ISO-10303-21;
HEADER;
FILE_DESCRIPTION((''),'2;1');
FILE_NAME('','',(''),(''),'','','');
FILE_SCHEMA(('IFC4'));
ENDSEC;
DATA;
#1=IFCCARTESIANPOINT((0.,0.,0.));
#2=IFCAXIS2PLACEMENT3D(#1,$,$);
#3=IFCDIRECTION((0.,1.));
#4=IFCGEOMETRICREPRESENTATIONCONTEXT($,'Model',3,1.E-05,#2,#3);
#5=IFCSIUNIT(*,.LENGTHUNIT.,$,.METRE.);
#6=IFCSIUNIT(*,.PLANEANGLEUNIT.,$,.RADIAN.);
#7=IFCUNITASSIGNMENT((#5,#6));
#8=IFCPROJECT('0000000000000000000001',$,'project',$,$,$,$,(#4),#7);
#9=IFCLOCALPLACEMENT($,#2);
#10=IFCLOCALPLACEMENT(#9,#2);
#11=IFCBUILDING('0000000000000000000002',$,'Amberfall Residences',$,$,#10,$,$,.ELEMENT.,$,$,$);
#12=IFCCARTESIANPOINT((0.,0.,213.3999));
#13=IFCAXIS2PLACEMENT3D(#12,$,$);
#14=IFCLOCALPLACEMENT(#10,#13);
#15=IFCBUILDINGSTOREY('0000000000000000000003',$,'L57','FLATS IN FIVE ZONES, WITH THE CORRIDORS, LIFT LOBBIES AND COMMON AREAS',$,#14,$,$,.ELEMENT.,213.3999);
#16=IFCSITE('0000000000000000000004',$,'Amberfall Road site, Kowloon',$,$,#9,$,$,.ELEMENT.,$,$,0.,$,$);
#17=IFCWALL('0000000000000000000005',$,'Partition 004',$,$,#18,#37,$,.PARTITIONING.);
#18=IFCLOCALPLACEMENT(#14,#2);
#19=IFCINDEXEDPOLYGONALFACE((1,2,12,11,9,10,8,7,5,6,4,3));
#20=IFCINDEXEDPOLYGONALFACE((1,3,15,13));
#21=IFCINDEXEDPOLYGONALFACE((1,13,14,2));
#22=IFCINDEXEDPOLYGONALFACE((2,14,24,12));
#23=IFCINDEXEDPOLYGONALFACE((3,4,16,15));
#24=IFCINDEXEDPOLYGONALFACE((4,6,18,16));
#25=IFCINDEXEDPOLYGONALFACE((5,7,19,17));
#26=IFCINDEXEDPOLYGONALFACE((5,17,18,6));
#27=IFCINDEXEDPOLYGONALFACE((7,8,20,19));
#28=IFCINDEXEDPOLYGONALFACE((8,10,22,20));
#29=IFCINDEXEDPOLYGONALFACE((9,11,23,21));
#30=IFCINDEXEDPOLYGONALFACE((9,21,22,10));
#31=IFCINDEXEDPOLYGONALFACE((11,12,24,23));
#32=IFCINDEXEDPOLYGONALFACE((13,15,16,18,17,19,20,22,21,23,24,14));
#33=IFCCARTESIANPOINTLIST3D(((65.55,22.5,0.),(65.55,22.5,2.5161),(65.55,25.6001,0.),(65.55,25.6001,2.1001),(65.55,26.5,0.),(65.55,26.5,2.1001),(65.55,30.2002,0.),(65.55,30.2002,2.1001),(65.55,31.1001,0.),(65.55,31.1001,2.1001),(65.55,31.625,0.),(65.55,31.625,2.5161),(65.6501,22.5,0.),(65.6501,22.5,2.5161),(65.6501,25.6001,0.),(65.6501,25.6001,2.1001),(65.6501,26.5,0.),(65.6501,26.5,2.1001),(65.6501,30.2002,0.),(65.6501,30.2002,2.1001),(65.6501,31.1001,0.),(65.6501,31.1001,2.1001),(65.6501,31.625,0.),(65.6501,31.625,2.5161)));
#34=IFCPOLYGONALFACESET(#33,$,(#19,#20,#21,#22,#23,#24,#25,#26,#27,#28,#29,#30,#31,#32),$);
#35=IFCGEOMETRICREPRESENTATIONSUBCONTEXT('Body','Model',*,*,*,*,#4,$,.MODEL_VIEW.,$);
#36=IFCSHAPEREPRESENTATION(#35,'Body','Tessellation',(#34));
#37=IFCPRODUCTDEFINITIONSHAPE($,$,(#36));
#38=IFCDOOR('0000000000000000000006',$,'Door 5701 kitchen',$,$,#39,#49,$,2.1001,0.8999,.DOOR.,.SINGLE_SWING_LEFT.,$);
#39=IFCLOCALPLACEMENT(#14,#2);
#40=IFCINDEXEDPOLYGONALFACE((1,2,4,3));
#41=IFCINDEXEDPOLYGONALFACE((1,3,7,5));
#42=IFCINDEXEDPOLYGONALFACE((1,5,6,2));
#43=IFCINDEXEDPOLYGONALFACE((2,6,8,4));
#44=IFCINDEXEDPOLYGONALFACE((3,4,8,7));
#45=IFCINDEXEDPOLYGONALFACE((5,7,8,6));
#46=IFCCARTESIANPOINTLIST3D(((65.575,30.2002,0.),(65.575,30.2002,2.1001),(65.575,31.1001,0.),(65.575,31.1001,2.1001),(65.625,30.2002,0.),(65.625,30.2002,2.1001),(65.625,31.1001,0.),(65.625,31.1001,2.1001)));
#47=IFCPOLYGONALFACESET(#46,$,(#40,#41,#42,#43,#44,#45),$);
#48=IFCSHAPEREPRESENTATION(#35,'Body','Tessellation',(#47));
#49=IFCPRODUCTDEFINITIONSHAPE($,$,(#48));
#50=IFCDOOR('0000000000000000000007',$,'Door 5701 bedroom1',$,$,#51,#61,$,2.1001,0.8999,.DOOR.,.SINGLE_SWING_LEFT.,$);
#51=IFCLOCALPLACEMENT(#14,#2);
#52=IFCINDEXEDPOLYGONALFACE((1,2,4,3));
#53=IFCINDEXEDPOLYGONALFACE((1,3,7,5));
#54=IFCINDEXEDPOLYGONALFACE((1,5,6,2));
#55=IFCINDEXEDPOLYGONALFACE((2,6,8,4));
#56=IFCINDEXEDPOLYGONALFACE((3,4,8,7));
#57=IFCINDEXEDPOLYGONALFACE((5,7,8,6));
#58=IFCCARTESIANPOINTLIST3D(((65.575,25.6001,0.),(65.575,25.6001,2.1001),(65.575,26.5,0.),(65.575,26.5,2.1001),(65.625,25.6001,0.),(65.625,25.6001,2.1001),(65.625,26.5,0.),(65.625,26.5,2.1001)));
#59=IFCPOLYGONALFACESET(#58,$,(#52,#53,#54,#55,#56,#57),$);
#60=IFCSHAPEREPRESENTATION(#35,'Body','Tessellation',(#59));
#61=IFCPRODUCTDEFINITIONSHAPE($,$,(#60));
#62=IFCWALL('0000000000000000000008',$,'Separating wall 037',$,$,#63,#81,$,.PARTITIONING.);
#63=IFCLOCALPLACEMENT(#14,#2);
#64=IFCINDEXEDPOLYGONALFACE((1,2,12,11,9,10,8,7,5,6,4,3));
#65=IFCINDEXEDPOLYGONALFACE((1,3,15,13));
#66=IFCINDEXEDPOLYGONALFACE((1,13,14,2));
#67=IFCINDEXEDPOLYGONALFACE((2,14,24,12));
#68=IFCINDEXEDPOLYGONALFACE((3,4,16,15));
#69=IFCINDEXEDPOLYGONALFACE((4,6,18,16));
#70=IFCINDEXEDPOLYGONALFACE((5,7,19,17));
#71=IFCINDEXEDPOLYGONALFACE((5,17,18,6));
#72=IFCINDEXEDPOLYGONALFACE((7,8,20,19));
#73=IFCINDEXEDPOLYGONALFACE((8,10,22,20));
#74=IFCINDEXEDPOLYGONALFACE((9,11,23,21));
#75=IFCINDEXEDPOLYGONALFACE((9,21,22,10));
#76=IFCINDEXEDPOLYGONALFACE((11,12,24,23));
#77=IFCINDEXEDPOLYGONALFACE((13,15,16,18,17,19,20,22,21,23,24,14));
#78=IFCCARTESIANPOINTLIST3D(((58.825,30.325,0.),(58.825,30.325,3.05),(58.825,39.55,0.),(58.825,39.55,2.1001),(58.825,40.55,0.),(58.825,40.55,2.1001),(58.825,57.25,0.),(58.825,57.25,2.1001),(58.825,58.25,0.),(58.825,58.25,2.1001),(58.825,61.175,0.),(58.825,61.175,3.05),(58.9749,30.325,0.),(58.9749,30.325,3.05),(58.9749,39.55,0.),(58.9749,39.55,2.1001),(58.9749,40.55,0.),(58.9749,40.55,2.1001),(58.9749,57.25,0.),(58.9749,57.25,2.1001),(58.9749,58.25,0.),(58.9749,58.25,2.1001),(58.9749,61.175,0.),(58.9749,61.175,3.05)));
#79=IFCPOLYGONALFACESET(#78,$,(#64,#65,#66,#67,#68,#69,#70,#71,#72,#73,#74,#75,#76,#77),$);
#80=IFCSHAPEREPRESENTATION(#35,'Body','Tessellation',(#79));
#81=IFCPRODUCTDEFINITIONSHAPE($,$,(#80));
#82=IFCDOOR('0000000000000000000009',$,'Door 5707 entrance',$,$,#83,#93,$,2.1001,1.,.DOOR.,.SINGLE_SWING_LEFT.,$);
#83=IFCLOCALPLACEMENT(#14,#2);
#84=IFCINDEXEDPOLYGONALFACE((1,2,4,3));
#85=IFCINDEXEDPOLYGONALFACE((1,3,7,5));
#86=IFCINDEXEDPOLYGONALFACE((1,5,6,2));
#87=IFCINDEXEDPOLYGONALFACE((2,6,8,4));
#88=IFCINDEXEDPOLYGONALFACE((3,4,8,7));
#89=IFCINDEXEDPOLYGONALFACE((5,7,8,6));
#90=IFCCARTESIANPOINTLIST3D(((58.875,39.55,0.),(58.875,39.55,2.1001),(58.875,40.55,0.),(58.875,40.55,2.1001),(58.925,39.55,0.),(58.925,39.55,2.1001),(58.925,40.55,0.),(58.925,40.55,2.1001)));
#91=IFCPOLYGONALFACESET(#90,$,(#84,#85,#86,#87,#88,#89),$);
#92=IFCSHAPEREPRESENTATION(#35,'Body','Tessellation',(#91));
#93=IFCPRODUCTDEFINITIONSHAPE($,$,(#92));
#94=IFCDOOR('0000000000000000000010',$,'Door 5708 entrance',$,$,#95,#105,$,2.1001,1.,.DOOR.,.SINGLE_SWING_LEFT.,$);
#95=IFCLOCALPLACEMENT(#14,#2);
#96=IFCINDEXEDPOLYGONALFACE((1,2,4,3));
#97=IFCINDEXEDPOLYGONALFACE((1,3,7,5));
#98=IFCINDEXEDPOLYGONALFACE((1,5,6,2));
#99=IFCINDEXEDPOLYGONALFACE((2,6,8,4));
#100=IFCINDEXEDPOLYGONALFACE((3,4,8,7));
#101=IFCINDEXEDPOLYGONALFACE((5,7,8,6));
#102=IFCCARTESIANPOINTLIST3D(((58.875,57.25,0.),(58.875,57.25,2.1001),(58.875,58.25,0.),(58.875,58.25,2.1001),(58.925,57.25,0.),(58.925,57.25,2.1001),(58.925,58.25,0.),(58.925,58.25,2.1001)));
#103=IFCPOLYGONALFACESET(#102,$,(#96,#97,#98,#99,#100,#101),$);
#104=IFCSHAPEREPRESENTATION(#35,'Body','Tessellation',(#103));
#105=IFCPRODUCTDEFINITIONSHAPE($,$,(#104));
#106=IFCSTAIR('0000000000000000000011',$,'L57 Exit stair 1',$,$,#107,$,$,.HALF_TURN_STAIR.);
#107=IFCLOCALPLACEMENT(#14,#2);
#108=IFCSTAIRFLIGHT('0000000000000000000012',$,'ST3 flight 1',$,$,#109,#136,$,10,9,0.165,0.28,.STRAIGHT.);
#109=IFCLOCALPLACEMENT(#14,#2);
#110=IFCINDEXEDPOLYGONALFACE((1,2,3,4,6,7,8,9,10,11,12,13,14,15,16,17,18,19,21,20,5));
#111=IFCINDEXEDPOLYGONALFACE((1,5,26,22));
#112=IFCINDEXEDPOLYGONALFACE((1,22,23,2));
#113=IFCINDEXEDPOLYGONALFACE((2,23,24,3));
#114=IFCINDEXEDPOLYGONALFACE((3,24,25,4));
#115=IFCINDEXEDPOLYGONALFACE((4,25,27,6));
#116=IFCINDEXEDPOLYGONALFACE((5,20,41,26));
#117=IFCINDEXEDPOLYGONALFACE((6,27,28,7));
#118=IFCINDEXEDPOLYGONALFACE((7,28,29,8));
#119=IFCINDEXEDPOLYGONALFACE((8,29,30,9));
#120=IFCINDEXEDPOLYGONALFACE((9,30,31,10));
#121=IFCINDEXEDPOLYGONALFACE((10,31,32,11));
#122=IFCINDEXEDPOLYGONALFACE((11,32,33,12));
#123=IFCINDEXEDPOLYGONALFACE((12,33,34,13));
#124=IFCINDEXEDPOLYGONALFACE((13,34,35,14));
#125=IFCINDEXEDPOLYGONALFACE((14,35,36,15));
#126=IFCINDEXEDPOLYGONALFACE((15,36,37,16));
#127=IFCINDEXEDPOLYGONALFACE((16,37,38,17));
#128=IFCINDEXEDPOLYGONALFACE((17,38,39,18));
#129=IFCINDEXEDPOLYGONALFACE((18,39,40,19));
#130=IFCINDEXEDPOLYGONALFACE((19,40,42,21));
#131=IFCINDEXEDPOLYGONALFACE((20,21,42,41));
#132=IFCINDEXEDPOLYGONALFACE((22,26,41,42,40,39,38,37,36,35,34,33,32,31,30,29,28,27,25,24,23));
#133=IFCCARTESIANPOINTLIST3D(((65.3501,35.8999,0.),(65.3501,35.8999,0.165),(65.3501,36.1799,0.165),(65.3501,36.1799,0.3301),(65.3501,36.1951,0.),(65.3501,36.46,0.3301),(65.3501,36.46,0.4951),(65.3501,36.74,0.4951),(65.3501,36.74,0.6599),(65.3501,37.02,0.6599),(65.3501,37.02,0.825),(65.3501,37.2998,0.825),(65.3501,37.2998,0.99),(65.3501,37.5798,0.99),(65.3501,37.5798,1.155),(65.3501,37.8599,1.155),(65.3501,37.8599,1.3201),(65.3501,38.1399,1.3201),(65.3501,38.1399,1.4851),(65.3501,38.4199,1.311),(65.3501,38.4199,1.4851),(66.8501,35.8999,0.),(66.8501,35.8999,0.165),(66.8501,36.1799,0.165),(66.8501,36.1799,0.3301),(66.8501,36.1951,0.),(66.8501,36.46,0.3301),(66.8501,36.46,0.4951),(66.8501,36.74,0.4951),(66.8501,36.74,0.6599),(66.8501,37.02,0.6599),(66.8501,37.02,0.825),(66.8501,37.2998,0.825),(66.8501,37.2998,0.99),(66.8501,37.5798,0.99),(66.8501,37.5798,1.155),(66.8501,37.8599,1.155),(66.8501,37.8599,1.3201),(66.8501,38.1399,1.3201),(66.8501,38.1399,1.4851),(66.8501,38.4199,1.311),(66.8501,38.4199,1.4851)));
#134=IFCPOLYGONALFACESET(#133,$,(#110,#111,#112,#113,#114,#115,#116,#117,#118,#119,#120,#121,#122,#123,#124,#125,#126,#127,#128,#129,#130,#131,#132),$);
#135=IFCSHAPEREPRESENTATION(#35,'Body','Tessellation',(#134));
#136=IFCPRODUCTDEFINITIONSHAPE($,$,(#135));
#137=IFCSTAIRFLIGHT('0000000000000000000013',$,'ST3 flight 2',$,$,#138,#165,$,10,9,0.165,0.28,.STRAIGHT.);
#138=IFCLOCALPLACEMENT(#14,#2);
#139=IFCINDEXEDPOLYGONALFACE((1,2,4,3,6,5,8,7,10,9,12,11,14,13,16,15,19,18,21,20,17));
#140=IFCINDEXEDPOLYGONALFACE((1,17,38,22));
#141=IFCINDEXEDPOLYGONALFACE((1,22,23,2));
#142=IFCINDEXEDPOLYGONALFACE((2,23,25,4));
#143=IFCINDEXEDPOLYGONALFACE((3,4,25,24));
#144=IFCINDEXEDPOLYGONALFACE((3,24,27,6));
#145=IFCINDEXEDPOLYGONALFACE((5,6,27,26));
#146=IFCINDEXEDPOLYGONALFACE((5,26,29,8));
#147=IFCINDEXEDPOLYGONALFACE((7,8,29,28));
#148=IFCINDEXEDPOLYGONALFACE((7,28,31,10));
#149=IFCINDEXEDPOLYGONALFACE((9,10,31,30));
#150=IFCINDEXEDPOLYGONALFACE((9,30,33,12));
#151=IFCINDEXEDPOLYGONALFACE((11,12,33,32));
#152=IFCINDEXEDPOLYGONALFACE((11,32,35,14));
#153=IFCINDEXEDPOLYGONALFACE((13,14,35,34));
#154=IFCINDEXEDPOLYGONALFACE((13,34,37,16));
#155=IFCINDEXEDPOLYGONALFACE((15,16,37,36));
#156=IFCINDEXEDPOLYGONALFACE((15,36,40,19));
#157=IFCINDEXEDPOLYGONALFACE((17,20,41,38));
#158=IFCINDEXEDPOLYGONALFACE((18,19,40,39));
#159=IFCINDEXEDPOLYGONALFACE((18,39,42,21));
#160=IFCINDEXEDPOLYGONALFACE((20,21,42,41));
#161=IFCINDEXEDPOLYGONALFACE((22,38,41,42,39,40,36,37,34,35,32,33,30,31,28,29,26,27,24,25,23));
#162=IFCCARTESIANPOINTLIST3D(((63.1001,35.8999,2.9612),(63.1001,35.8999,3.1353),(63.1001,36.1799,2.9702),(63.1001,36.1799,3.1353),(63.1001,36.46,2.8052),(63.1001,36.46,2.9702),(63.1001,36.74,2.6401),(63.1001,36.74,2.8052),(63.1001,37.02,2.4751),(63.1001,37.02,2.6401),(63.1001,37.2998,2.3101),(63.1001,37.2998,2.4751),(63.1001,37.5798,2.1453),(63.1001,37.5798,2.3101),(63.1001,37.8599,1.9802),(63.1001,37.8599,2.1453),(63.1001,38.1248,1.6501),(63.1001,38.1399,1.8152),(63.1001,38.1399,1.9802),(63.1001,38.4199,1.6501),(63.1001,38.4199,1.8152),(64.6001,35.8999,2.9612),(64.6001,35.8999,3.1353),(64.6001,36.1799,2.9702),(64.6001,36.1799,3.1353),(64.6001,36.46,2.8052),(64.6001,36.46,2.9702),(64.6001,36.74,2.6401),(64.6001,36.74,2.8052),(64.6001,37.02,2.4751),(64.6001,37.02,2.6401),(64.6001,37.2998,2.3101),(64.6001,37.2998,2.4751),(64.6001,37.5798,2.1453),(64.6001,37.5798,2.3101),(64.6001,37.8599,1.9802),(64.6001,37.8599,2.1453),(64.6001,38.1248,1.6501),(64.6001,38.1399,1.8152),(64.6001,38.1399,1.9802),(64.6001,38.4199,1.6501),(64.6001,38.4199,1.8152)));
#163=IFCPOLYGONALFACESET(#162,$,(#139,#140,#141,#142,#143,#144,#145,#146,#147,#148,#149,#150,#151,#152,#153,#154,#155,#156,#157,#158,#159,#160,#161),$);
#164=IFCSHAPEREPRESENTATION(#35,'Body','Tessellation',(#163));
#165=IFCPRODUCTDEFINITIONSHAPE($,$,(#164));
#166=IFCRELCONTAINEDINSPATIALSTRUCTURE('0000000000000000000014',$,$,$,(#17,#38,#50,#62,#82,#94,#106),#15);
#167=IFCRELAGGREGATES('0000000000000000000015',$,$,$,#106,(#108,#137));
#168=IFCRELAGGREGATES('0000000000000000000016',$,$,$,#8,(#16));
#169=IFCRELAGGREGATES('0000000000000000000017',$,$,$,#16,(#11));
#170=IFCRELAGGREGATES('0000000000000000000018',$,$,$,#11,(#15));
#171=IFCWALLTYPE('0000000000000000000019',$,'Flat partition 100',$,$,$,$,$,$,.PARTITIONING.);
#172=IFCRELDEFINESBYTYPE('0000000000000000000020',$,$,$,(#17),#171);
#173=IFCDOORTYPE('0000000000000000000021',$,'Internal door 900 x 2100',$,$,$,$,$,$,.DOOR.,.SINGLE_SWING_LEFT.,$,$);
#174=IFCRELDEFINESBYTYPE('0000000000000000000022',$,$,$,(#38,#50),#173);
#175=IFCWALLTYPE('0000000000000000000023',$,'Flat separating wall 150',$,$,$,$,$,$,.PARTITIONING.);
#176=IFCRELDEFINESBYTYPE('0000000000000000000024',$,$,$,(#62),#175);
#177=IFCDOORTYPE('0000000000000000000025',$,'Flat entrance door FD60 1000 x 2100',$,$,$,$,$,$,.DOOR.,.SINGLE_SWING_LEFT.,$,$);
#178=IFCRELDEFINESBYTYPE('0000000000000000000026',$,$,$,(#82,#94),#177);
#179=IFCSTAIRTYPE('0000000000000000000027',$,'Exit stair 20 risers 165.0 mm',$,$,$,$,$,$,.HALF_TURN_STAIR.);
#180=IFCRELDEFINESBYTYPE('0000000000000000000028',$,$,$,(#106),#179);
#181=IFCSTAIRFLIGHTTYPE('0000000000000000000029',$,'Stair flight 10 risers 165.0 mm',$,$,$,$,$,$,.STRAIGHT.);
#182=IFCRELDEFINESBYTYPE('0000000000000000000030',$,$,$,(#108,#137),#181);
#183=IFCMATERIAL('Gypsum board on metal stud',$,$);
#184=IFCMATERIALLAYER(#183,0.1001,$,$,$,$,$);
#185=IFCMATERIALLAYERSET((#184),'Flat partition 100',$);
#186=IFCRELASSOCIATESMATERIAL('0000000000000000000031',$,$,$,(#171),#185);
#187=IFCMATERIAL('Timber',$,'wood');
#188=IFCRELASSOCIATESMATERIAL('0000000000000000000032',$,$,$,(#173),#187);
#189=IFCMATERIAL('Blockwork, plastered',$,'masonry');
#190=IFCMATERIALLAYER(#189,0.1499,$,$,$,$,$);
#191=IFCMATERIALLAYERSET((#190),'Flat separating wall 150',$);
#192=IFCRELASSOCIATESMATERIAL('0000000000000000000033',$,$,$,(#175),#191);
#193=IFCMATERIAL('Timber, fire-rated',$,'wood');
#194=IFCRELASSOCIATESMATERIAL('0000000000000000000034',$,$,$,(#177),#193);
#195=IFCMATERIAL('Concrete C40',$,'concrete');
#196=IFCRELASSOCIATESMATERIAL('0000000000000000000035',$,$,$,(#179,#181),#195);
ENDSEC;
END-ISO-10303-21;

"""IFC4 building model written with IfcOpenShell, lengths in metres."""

from ifc_helpers import new_model, si_unit, direction, frame, frame_2d, origin, place, context, subcontext, project, spatial, polyline, rectangle, outline, extrude, material, layer, layer_set, type_object, element, fill, aggregate, save


model = new_model("IFC4")

# Units and contexts
model_context = context("Model", 3, precision=1e-05, world=origin(), true_north=direction((0.0, 1.0)))
body_context = subcontext(model_context, "Body", "Model", "MODEL_VIEW")
ifc_project = project(units=[si_unit("LENGTHUNIT", "METRE"), si_unit("PLANEANGLEUNIT", "RADIAN")], contexts=[model_context])

# Site, building, storey
site_placement = place(None, origin())
site = spatial("IfcSite", under=ifc_project, at=site_placement, Name="Amberfall Road site, Kowloon", CompositionType="ELEMENT", RefElevation=0.0)
building_placement = place(site_placement, origin())
building = spatial("IfcBuilding", under=site, at=building_placement, Name="Amberfall Residences", CompositionType="ELEMENT")
storey_placement = place(building_placement, frame((0.0, 0.0, 213.3999)))
storey = spatial("IfcBuildingStorey", under=building, at=storey_placement, Name="L57", Description="FLATS IN FIVE ZONES, WITH THE CORRIDORS, LIFT LOBBIES AND COMMON AREAS", CompositionType="ELEMENT", Elevation=213.3999)

# Walls, openings, doors
ifc_material_1 = material(Name="Gypsum board on metal stud")
ifc_layer_1 = layer(ifc_material_1, 0.1001)
ifc_layer_set_1 = layer_set([ifc_layer_1], Name="Flat partition 100")
wall_type_1 = type_object("IfcWallType", Name="Flat partition 100", PredefinedType="PARTITIONING", material=ifc_layer_set_1)
wall_1_placement = place(storey_placement, frame((65.6001, 31.625, 0.0), z_axis=(0.0, 0.0, 1.0), x_axis=(0.0, -1.0, 0.0)))
wall_1 = element("IfcWall", 1, at=wall_1_placement, inside=storey, type_object=wall_type_1, Name="Partition 004", PredefinedType="PARTITIONING", context=body_context, shape_type="SweptSolid", body=[
    extrude(rectangle(XDim=9.125, YDim=0.1001, at=frame_2d((4.5625, 0.0))), origin(), (0.0, 0.0, 1.0), 2.5161),
])
opening_1_placement = place(wall_1_placement, frame((0.5249, 0.0, 0.0)))
opening_1 = element("IfcOpeningElement", 2, at=opening_1_placement, cuts=wall_1, PredefinedType="OPENING", context=body_context, shape_type="SweptSolid", body=[
    extrude(rectangle(XDim=0.8999, YDim=2.1001, at=frame_2d((0.45, 1.05))), frame((0.0, 0.0601, 0.0), z_axis=(0.0, -1.0, 0.0), x_axis=(1.0, 0.0, 0.0)), (0.0, 0.0, 1.0), 0.1201),
])
opening_2_placement = place(wall_1_placement, frame((5.125, 0.0, 0.0)))
opening_2 = element("IfcOpeningElement", 3, at=opening_2_placement, cuts=wall_1, PredefinedType="OPENING", context=body_context, shape_type="SweptSolid", body=[
    extrude(rectangle(XDim=0.8999, YDim=2.1001, at=frame_2d((0.45, 1.05))), frame((0.0, 0.0601, 0.0), z_axis=(0.0, -1.0, 0.0), x_axis=(1.0, 0.0, 0.0)), (0.0, 0.0, 1.0), 0.1201),
])
ifc_material_2 = material(Name="Timber", Category="wood")
door_type_1 = type_object("IfcDoorType", Name="Internal door 900 x 2100", OperationType="SINGLE_SWING_LEFT", PredefinedType="DOOR", material=ifc_material_2)
door_1_placement = place(opening_1_placement, origin())
door_1 = element("IfcDoor", 4, at=door_1_placement, inside=storey, type_object=door_type_1, Name="Door 5701 kitchen", OperationType="SINGLE_SWING_LEFT", OverallHeight=2.1001, OverallWidth=0.8999, PredefinedType="DOOR", context=body_context, shape_type="SweptSolid", body=[
    extrude(rectangle(XDim=0.8999, YDim=2.1001, at=frame_2d((0.45, 1.05))), frame((0.0, 0.0249, 0.0), z_axis=(0.0, -1.0, 0.0), x_axis=(1.0, 0.0, 0.0)), (0.0, 0.0, 1.0), 0.05),
])
fill(opening_1, door_1)
door_2_placement = place(opening_2_placement, origin())
door_2 = element("IfcDoor", 5, at=door_2_placement, inside=storey, type_object=door_type_1, Name="Door 5701 bedroom1", OperationType="SINGLE_SWING_LEFT", OverallHeight=2.1001, OverallWidth=0.8999, PredefinedType="DOOR", context=body_context, shape_type="SweptSolid", body=[
    extrude(rectangle(XDim=0.8999, YDim=2.1001, at=frame_2d((0.45, 1.05))), frame((0.0, 0.0249, 0.0), z_axis=(0.0, -1.0, 0.0), x_axis=(1.0, 0.0, 0.0)), (0.0, 0.0, 1.0), 0.05),
])
fill(opening_2, door_2)
ifc_material_3 = material(Name="Blockwork, plastered", Category="masonry")
ifc_layer_2 = layer(ifc_material_3, 0.1499)
ifc_layer_set_2 = layer_set([ifc_layer_2], Name="Flat separating wall 150")
wall_type_2 = type_object("IfcWallType", Name="Flat separating wall 150", PredefinedType="PARTITIONING", material=ifc_layer_set_2)
wall_2_placement = place(storey_placement, frame((58.8999, 30.325, 0.0), z_axis=(0.0, 0.0, 1.0), x_axis=(0.0, 1.0, 0.0)))
wall_2 = element("IfcWall", 6, at=wall_2_placement, inside=storey, type_object=wall_type_2, Name="Separating wall 037", PredefinedType="PARTITIONING", context=body_context, shape_type="SweptSolid", body=[
    extrude(rectangle(XDim=30.8501, YDim=0.1499, at=frame_2d((15.425, 0.0))), origin(), (0.0, 0.0, 1.0), 3.05),
])
opening_3_placement = place(wall_2_placement, frame((9.2251, 0.0, 0.0)))
opening_3 = element("IfcOpeningElement", 7, at=opening_3_placement, cuts=wall_2, PredefinedType="OPENING", context=body_context, shape_type="SweptSolid", body=[
    extrude(rectangle(XDim=1.0, YDim=2.1001, at=frame_2d((0.5, 1.05))), frame((0.0, 0.085, 0.0), z_axis=(0.0, -1.0, 0.0), x_axis=(1.0, 0.0, 0.0)), (0.0, 0.0, 1.0), 0.1699),
])
opening_4_placement = place(wall_2_placement, frame((26.925, 0.0, 0.0)))
opening_4 = element("IfcOpeningElement", 8, at=opening_4_placement, cuts=wall_2, PredefinedType="OPENING", context=body_context, shape_type="SweptSolid", body=[
    extrude(rectangle(XDim=1.0, YDim=2.1001, at=frame_2d((0.5, 1.05))), frame((0.0, 0.085, 0.0), z_axis=(0.0, -1.0, 0.0), x_axis=(1.0, 0.0, 0.0)), (0.0, 0.0, 1.0), 0.1699),
])
ifc_material_4 = material(Name="Timber, fire-rated", Category="wood")
door_type_2 = type_object("IfcDoorType", Name="Flat entrance door FD60 1000 x 2100", OperationType="SINGLE_SWING_LEFT", PredefinedType="DOOR", material=ifc_material_4)
door_3_placement = place(opening_3_placement, origin())
door_3 = element("IfcDoor", 9, at=door_3_placement, inside=storey, type_object=door_type_2, Name="Door 5707 entrance", OperationType="SINGLE_SWING_LEFT", OverallHeight=2.1001, OverallWidth=1.0, PredefinedType="DOOR", context=body_context, shape_type="SweptSolid", body=[
    extrude(rectangle(XDim=1.0, YDim=2.1001, at=frame_2d((0.5, 1.05))), frame((0.0, 0.0249, 0.0), z_axis=(0.0, -1.0, 0.0), x_axis=(1.0, 0.0, 0.0)), (0.0, 0.0, 1.0), 0.05),
])
fill(opening_3, door_3)
door_4_placement = place(opening_4_placement, origin())
door_4 = element("IfcDoor", 10, at=door_4_placement, inside=storey, type_object=door_type_2, Name="Door 5708 entrance", OperationType="SINGLE_SWING_LEFT", OverallHeight=2.1001, OverallWidth=1.0, PredefinedType="DOOR", context=body_context, shape_type="SweptSolid", body=[
    extrude(rectangle(XDim=1.0, YDim=2.1001, at=frame_2d((0.5, 1.05))), frame((0.0, 0.0249, 0.0), z_axis=(0.0, -1.0, 0.0), x_axis=(1.0, 0.0, 0.0)), (0.0, 0.0, 1.0), 0.05),
])
fill(opening_4, door_4)

# Stair, stair flights
ifc_material_5 = material(Name="Concrete C40", Category="concrete")
stair_type = type_object("IfcStairType", Name="Exit stair 20 risers 165.0 mm", PredefinedType="HALF_TURN_STAIR", material=ifc_material_5)
stair_placement = place(storey_placement, origin())
stair = element("IfcStair", 11, at=stair_placement, inside=storey, type_object=stair_type, Name="L57 Exit stair 1", PredefinedType="HALF_TURN_STAIR")
stair_flight_type = type_object("IfcStairFlightType", Name="Stair flight 10 risers 165.0 mm", PredefinedType="STRAIGHT", material=ifc_material_5)
stair_flight_1_placement = place(storey_placement, frame((66.1001, 35.8999, 0.0), z_axis=(0.0, 0.0, 1.0), x_axis=(0.0, 1.0, 0.0)))
stair_flight_1 = element("IfcStairFlight", 12, at=stair_flight_1_placement, type_object=stair_flight_type, Name="ST3 flight 1", NumberOfRisers=10, NumberOfTreads=9, PredefinedType="STRAIGHT", RiserHeight=0.165, TreadLength=0.28, context=body_context, shape_type="SweptSolid", body=[
    extrude(outline(polyline([(0.0, 0.0), (0.0, 0.165), (0.28, 0.165), (0.28, 0.3301), (0.5601, 0.3301), (0.5601, 0.4951), (0.8401, 0.4951), (0.8401, 0.6599), (1.1201, 0.6599), (1.1201, 0.825), (1.3999, 0.825), (1.3999, 0.99), (1.6799, 0.99), (1.6799, 1.155), (1.96, 1.155), (1.96, 1.3201), (2.24, 1.3201), (2.24, 1.4851), (2.52, 1.4851), (2.52, 1.6499), (2.52, 1.311), (0.2952, 0.0), (0.0, 0.0)])), frame((0.0, 0.75, 0.0), z_axis=(0.0, -1.0, 0.0), x_axis=(1.0, 0.0, 0.0)), (0.0, 0.0, 1.0), 1.5),
])
stair_flight_2_placement = place(storey_placement, frame((63.8501, 38.4199, 1.6501), z_axis=(0.0, 0.0, 1.0), x_axis=(0.0, -1.0, 0.0)))
stair_flight_2 = element("IfcStairFlight", 13, at=stair_flight_2_placement, type_object=stair_flight_type, Name="ST3 flight 2", NumberOfRisers=10, NumberOfTreads=9, PredefinedType="STRAIGHT", RiserHeight=0.165, TreadLength=0.28, context=body_context, shape_type="SweptSolid", body=[
    extrude(outline(polyline([(0.0, 0.0), (0.0, 0.165), (0.28, 0.165), (0.28, 0.3301), (0.5601, 0.3301), (0.5601, 0.4951), (0.8401, 0.4951), (0.8401, 0.6599), (1.1201, 0.6599), (1.1201, 0.825), (1.3999, 0.825), (1.3999, 0.99), (1.6799, 0.99), (1.6799, 1.155), (1.96, 1.155), (1.96, 1.3201), (2.24, 1.3201), (2.24, 1.4851), (2.52, 1.4851), (2.52, 1.6499), (2.52, 1.311), (0.2952, 0.0), (0.0, 0.0)])), frame((0.0, 0.75, 0.0), z_axis=(0.0, -1.0, 0.0), x_axis=(1.0, 0.0, 0.0)), (0.0, 0.0, 1.0), 1.5),
])
aggregate(stair, [stair_flight_1, stair_flight_2])

save(model, "model.ifc")
